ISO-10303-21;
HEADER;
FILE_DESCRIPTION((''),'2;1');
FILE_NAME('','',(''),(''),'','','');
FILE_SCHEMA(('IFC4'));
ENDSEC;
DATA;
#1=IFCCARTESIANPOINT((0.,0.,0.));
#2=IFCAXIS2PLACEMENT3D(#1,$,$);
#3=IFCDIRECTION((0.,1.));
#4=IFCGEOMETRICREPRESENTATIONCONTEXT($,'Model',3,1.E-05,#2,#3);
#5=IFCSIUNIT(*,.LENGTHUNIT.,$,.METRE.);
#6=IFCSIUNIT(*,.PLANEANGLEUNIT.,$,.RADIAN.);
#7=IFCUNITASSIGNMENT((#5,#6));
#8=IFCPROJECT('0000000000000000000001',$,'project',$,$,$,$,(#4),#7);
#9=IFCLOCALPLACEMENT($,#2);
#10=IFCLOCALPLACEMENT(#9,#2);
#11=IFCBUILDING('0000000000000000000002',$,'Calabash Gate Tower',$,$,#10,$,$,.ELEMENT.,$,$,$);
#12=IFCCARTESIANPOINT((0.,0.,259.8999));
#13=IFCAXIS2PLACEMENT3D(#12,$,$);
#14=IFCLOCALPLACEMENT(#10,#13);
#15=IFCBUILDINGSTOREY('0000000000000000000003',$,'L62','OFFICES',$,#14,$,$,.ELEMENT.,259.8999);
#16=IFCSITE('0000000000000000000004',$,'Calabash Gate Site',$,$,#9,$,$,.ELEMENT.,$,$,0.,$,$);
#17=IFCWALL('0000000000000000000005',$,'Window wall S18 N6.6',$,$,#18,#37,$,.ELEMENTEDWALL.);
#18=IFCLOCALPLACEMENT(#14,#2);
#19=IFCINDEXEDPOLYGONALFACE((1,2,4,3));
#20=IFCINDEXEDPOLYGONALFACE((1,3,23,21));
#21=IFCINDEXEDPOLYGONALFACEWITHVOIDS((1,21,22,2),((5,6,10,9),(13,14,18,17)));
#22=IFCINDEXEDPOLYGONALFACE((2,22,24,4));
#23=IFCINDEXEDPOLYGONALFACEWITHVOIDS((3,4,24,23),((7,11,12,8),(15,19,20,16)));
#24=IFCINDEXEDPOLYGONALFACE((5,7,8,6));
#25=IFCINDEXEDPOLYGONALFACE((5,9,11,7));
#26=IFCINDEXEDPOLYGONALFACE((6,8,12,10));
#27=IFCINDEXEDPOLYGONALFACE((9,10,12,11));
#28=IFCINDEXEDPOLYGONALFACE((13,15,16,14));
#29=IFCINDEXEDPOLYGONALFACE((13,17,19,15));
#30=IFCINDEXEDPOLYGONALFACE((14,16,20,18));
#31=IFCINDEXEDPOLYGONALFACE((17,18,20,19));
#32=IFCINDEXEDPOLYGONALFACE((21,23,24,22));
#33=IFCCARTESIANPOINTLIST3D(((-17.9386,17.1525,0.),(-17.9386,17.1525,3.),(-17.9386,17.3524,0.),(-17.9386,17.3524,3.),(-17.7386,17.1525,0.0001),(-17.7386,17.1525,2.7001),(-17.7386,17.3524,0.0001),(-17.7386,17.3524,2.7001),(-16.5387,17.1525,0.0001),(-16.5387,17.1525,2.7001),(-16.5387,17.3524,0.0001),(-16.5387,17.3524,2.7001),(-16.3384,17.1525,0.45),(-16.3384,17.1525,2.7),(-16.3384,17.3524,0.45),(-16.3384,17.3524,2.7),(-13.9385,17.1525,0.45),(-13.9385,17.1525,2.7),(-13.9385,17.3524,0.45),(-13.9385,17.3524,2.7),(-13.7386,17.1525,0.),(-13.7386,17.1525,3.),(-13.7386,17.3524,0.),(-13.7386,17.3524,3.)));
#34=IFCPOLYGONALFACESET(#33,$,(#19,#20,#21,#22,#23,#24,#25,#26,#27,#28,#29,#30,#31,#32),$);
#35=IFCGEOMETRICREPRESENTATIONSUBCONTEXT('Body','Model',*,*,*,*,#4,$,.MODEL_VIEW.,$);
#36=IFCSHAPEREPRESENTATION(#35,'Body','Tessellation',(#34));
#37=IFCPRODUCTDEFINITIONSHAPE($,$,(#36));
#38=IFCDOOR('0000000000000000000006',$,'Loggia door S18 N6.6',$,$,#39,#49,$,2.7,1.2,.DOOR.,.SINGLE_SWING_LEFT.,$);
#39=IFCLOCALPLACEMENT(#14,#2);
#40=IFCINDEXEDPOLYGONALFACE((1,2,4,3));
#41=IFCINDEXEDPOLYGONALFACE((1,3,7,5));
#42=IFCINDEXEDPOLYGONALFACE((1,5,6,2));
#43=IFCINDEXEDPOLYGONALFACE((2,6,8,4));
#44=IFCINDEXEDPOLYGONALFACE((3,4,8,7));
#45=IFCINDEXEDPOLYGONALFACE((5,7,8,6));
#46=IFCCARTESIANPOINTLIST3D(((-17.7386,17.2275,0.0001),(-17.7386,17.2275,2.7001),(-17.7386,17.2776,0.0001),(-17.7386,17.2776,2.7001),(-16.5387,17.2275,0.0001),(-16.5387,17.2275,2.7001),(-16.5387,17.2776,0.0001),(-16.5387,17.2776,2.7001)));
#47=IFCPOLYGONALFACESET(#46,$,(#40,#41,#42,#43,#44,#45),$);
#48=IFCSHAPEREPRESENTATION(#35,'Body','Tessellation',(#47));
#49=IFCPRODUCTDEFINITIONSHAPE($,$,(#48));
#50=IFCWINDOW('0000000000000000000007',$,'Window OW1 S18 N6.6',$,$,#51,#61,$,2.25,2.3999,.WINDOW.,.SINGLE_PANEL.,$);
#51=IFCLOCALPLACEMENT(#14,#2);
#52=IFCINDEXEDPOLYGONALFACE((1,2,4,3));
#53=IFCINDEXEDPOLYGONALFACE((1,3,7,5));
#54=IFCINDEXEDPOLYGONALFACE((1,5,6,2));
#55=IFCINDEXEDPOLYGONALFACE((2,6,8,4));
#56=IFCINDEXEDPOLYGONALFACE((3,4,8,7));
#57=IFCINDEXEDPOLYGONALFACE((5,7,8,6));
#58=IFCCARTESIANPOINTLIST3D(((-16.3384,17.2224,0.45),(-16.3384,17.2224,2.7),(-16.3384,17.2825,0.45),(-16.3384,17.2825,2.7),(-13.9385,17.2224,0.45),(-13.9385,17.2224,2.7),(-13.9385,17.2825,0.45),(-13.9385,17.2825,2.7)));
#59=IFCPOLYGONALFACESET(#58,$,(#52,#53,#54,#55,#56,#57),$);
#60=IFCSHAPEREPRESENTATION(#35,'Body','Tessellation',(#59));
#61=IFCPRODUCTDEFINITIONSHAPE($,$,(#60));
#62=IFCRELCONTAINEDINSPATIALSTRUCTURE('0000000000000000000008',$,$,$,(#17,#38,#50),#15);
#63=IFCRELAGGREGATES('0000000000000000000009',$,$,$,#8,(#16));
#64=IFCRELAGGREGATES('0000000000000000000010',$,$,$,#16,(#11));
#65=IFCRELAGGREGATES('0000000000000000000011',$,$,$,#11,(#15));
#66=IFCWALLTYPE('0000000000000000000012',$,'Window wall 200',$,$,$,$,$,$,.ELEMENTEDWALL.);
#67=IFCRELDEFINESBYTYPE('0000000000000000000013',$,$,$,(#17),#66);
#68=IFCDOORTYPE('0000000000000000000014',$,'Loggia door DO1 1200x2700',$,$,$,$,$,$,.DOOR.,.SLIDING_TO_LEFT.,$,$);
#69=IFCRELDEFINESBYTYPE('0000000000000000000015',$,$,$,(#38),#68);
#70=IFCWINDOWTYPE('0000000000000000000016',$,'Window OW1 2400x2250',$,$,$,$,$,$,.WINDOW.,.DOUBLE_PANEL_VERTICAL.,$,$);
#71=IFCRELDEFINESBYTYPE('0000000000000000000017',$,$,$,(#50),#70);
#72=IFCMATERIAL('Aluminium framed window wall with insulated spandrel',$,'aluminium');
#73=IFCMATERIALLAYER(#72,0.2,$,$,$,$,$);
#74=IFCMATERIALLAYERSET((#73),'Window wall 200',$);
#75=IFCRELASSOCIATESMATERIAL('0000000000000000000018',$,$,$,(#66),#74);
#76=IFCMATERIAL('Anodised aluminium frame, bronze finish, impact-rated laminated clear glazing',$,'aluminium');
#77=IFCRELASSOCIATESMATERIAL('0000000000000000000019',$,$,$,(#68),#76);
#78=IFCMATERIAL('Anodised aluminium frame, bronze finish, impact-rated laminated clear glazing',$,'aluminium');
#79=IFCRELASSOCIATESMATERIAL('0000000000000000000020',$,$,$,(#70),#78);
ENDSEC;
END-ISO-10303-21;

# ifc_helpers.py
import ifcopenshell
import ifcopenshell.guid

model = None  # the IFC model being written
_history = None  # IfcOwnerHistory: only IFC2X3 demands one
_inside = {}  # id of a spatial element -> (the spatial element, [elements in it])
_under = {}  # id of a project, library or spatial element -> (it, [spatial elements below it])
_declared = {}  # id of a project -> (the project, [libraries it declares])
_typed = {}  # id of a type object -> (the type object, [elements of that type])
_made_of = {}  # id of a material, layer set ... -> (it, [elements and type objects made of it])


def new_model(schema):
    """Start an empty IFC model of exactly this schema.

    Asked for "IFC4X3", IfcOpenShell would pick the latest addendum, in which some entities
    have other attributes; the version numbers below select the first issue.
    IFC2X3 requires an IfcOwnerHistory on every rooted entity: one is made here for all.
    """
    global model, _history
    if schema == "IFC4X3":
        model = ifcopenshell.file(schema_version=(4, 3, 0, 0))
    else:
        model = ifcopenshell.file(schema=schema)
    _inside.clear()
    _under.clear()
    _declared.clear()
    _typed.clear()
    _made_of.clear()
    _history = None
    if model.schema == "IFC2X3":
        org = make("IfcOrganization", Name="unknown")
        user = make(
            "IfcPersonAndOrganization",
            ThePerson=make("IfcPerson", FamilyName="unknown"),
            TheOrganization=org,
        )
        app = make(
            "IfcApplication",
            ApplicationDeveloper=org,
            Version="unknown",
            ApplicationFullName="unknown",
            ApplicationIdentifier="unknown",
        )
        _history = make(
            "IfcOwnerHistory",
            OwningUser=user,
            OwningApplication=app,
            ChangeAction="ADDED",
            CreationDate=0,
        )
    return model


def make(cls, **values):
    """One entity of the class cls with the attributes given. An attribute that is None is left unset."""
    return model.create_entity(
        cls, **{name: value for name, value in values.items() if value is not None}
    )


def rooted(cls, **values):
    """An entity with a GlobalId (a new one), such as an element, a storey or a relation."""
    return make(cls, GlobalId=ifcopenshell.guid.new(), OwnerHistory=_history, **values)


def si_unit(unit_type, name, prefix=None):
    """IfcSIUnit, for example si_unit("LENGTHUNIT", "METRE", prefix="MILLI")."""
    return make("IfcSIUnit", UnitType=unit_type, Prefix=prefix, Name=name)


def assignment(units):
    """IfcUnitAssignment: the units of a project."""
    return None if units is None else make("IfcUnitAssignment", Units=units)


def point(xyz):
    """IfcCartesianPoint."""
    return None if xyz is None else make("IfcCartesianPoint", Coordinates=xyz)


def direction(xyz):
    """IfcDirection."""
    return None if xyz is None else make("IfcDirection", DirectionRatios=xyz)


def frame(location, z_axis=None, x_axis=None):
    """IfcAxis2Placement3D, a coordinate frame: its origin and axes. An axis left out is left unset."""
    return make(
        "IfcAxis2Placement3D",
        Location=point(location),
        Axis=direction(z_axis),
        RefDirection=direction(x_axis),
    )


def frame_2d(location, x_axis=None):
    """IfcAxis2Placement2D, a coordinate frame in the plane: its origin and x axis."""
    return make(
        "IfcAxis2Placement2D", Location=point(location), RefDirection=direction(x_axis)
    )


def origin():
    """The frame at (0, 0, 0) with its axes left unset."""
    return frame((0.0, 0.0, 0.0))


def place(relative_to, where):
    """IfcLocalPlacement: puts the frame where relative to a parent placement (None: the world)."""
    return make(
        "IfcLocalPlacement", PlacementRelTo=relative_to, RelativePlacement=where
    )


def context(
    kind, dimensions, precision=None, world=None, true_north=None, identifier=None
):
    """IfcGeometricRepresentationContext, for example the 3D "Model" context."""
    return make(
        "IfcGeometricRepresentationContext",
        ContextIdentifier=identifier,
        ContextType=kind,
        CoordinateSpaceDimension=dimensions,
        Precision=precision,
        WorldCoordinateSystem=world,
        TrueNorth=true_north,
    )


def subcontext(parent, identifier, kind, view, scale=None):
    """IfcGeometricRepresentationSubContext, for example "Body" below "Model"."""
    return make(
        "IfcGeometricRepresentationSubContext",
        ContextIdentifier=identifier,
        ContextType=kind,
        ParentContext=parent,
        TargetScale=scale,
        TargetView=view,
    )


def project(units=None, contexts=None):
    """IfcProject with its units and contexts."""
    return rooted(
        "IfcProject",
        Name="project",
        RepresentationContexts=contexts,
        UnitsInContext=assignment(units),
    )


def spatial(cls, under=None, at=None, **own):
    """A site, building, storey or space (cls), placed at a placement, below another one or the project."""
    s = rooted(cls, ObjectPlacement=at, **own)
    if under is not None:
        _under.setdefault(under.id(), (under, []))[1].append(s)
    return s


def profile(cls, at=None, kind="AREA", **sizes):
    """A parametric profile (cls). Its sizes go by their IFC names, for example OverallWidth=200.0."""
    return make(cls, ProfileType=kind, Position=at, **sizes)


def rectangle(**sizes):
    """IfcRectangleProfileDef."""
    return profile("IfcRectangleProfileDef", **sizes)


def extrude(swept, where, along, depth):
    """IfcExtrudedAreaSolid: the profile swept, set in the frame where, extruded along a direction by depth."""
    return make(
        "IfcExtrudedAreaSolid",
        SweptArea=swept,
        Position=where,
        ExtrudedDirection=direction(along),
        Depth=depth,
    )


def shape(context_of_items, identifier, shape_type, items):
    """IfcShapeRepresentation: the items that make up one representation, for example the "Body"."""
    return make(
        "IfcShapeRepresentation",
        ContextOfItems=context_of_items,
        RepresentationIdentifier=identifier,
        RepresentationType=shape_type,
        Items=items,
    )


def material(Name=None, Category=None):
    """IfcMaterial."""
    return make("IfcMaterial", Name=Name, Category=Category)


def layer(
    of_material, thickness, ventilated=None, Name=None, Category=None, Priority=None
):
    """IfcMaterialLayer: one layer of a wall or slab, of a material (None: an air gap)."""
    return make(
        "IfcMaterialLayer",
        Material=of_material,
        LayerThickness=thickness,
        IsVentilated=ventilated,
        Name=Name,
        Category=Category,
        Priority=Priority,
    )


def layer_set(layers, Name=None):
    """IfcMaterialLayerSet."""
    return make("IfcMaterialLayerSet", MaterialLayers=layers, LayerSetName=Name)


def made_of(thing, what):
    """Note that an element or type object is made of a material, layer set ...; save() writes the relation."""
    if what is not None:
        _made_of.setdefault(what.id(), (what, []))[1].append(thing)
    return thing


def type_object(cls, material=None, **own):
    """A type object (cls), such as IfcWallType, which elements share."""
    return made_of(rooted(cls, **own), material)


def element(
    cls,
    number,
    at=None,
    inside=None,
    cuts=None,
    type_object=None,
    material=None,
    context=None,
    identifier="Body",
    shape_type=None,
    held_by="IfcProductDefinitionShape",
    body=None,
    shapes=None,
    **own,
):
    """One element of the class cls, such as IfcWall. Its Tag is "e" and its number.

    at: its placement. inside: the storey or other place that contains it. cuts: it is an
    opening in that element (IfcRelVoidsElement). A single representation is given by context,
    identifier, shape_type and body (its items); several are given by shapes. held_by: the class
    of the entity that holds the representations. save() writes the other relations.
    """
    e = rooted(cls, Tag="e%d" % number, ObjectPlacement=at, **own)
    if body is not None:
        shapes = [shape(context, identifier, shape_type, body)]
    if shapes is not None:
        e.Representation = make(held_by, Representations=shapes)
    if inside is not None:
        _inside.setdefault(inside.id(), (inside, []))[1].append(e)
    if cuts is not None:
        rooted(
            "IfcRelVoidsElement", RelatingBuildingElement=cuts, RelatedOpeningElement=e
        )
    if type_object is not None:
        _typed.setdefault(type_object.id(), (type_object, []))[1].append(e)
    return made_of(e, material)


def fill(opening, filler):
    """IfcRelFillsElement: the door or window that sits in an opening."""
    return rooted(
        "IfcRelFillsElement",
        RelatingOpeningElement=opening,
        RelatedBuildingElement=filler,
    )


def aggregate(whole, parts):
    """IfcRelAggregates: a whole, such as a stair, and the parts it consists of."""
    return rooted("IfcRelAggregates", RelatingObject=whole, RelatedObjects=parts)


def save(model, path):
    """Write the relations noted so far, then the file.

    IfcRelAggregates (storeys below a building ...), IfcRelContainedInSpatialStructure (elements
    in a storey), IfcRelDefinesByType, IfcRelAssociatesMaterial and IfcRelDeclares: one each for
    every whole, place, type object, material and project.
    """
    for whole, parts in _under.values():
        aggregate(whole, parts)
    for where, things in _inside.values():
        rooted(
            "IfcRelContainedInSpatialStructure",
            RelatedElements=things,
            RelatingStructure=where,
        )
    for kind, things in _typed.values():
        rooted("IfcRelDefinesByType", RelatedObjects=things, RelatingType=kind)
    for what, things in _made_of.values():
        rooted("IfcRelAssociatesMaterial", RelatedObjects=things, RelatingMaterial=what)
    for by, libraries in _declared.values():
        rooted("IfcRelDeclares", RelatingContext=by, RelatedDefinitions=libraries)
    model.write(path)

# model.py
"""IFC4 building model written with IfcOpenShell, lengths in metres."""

from ifc_helpers import new_model, si_unit, direction, frame, frame_2d, origin, place, context, subcontext, project, spatial, rectangle, extrude, material, layer, layer_set, type_object, element, fill, save


model = new_model("IFC4")

# Units and contexts
model_context = context("Model", 3, precision=1e-05, world=origin(), true_north=direction((0.0, 1.0)))
body_context = subcontext(model_context, "Body", "Model", "MODEL_VIEW")
ifc_project = project(units=[si_unit("LENGTHUNIT", "METRE"), si_unit("PLANEANGLEUNIT", "RADIAN")], contexts=[model_context])

# Site, building, storey
site_placement = place(None, origin())
site = spatial("IfcSite", under=ifc_project, at=site_placement, Name="Calabash Gate Site", CompositionType="ELEMENT", RefElevation=0.0)
building_placement = place(site_placement, origin())
building = spatial("IfcBuilding", under=site, at=building_placement, Name="Calabash Gate Tower", CompositionType="ELEMENT")
storey_placement = place(building_placement, frame((0.0, 0.0, 259.8999)))
storey = spatial("IfcBuildingStorey", under=building, at=storey_placement, Name="L62", Description="OFFICES", CompositionType="ELEMENT", Elevation=259.8999)

# Shared definitions
ifc_material_1 = material(Name="Aluminium framed window wall with insulated spandrel", Category="aluminium")
ifc_layer_1 = layer(ifc_material_1, 0.2)
ifc_layer_set_1 = layer_set([ifc_layer_1], Name="Window wall 200")
wall_type_1 = type_object("IfcWallType", Name="Window wall 200", PredefinedType="ELEMENTEDWALL", material=ifc_layer_set_1)
ifc_material_2 = material(Name="Anodised aluminium frame, bronze finish, impact-rated laminated clear glazing", Category="aluminium")
door_type = type_object("IfcDoorType", Name="Loggia door DO1 1200x2700", OperationType="SLIDING_TO_LEFT", PredefinedType="DOOR", material=ifc_material_2)
ifc_material_3 = material(Name="Anodised aluminium frame, bronze finish, impact-rated laminated clear glazing", Category="aluminium")
window_type_1 = type_object("IfcWindowType", Name="Window OW1 2400x2250", PartitioningType="DOUBLE_PANEL_VERTICAL", PredefinedType="WINDOW", material=ifc_material_3)

# Wall, openings, door, window
wall_1_placement = place(storey_placement, frame((-13.7385, 17.2524, 0.0), z_axis=(0.0, 0.0, 1.0), x_axis=(-1.0, 0.0, 0.0)))
wall_1 = element("IfcWall", 1, at=wall_1_placement, inside=storey, type_object=wall_type_1, Name="Window wall S18 N6.6", PredefinedType="ELEMENTEDWALL", context=body_context, shape_type="SweptSolid", body=[
    extrude(rectangle(XDim=4.2, YDim=0.2, at=frame_2d((2.1001, 0.0))), origin(), (0.0, 0.0, 1.0), 3.0),
])
opening_1_placement = place(wall_1_placement, frame((0.2, 0.0, 0.45)))
opening_1 = element("IfcOpeningElement", 2, at=opening_1_placement, cuts=wall_1, PredefinedType="OPENING", context=body_context, shape_type="SweptSolid", body=[
    extrude(rectangle(XDim=2.3999, YDim=2.25, at=frame_2d((1.2, 1.125))), frame((0.0, 0.1099, 0.0), z_axis=(0.0, -1.0, 0.0), x_axis=(1.0, 0.0, 0.0)), (0.0, 0.0, 1.0), 0.22),
])
opening_2_placement = place(wall_1_placement, frame((2.8, 0.0, 0.0)))
opening_2 = element("IfcOpeningElement", 3, at=opening_2_placement, cuts=wall_1, PredefinedType="OPENING", context=body_context, shape_type="SweptSolid", body=[
    extrude(rectangle(XDim=1.2, YDim=2.7, at=frame_2d((0.6001, 1.3501))), frame((0.0, 0.1099, 0.0), z_axis=(0.0, -1.0, 0.0), x_axis=(1.0, 0.0, 0.0)), (0.0, 0.0, 1.0), 0.22),
])
door_1_placement = place(opening_2_placement, origin())
door_1 = element("IfcDoor", 4, at=door_1_placement, inside=storey, type_object=door_type, Name="Loggia door S18 N6.6", OperationType="SINGLE_SWING_LEFT", OverallHeight=2.7, OverallWidth=1.2, PredefinedType="DOOR", context=body_context, shape_type="SweptSolid", body=[
    extrude(rectangle(XDim=1.2, YDim=2.7, at=frame_2d((0.6001, 1.3501))), frame((0.0, 0.0249, 0.0), z_axis=(0.0, -1.0, 0.0), x_axis=(1.0, 0.0, 0.0)), (0.0, 0.0, 1.0), 0.05),
])
fill(opening_2, door_1)
window_1_placement = place(opening_1_placement, origin())
window_1 = element("IfcWindow", 5, at=window_1_placement, inside=storey, type_object=window_type_1, Name="Window OW1 S18 N6.6", OverallHeight=2.25, OverallWidth=2.3999, PartitioningType="SINGLE_PANEL", PredefinedType="WINDOW", context=body_context, shape_type="SweptSolid", body=[
    extrude(rectangle(XDim=2.3999, YDim=2.25, at=frame_2d((1.2, 1.125))), frame((0.0, 0.03, 0.0), z_axis=(0.0, -1.0, 0.0), x_axis=(1.0, 0.0, 0.0)), (0.0, 0.0, 1.0), 0.0601),
])
fill(opening_1, window_1)

save(model, "model.ifc")
